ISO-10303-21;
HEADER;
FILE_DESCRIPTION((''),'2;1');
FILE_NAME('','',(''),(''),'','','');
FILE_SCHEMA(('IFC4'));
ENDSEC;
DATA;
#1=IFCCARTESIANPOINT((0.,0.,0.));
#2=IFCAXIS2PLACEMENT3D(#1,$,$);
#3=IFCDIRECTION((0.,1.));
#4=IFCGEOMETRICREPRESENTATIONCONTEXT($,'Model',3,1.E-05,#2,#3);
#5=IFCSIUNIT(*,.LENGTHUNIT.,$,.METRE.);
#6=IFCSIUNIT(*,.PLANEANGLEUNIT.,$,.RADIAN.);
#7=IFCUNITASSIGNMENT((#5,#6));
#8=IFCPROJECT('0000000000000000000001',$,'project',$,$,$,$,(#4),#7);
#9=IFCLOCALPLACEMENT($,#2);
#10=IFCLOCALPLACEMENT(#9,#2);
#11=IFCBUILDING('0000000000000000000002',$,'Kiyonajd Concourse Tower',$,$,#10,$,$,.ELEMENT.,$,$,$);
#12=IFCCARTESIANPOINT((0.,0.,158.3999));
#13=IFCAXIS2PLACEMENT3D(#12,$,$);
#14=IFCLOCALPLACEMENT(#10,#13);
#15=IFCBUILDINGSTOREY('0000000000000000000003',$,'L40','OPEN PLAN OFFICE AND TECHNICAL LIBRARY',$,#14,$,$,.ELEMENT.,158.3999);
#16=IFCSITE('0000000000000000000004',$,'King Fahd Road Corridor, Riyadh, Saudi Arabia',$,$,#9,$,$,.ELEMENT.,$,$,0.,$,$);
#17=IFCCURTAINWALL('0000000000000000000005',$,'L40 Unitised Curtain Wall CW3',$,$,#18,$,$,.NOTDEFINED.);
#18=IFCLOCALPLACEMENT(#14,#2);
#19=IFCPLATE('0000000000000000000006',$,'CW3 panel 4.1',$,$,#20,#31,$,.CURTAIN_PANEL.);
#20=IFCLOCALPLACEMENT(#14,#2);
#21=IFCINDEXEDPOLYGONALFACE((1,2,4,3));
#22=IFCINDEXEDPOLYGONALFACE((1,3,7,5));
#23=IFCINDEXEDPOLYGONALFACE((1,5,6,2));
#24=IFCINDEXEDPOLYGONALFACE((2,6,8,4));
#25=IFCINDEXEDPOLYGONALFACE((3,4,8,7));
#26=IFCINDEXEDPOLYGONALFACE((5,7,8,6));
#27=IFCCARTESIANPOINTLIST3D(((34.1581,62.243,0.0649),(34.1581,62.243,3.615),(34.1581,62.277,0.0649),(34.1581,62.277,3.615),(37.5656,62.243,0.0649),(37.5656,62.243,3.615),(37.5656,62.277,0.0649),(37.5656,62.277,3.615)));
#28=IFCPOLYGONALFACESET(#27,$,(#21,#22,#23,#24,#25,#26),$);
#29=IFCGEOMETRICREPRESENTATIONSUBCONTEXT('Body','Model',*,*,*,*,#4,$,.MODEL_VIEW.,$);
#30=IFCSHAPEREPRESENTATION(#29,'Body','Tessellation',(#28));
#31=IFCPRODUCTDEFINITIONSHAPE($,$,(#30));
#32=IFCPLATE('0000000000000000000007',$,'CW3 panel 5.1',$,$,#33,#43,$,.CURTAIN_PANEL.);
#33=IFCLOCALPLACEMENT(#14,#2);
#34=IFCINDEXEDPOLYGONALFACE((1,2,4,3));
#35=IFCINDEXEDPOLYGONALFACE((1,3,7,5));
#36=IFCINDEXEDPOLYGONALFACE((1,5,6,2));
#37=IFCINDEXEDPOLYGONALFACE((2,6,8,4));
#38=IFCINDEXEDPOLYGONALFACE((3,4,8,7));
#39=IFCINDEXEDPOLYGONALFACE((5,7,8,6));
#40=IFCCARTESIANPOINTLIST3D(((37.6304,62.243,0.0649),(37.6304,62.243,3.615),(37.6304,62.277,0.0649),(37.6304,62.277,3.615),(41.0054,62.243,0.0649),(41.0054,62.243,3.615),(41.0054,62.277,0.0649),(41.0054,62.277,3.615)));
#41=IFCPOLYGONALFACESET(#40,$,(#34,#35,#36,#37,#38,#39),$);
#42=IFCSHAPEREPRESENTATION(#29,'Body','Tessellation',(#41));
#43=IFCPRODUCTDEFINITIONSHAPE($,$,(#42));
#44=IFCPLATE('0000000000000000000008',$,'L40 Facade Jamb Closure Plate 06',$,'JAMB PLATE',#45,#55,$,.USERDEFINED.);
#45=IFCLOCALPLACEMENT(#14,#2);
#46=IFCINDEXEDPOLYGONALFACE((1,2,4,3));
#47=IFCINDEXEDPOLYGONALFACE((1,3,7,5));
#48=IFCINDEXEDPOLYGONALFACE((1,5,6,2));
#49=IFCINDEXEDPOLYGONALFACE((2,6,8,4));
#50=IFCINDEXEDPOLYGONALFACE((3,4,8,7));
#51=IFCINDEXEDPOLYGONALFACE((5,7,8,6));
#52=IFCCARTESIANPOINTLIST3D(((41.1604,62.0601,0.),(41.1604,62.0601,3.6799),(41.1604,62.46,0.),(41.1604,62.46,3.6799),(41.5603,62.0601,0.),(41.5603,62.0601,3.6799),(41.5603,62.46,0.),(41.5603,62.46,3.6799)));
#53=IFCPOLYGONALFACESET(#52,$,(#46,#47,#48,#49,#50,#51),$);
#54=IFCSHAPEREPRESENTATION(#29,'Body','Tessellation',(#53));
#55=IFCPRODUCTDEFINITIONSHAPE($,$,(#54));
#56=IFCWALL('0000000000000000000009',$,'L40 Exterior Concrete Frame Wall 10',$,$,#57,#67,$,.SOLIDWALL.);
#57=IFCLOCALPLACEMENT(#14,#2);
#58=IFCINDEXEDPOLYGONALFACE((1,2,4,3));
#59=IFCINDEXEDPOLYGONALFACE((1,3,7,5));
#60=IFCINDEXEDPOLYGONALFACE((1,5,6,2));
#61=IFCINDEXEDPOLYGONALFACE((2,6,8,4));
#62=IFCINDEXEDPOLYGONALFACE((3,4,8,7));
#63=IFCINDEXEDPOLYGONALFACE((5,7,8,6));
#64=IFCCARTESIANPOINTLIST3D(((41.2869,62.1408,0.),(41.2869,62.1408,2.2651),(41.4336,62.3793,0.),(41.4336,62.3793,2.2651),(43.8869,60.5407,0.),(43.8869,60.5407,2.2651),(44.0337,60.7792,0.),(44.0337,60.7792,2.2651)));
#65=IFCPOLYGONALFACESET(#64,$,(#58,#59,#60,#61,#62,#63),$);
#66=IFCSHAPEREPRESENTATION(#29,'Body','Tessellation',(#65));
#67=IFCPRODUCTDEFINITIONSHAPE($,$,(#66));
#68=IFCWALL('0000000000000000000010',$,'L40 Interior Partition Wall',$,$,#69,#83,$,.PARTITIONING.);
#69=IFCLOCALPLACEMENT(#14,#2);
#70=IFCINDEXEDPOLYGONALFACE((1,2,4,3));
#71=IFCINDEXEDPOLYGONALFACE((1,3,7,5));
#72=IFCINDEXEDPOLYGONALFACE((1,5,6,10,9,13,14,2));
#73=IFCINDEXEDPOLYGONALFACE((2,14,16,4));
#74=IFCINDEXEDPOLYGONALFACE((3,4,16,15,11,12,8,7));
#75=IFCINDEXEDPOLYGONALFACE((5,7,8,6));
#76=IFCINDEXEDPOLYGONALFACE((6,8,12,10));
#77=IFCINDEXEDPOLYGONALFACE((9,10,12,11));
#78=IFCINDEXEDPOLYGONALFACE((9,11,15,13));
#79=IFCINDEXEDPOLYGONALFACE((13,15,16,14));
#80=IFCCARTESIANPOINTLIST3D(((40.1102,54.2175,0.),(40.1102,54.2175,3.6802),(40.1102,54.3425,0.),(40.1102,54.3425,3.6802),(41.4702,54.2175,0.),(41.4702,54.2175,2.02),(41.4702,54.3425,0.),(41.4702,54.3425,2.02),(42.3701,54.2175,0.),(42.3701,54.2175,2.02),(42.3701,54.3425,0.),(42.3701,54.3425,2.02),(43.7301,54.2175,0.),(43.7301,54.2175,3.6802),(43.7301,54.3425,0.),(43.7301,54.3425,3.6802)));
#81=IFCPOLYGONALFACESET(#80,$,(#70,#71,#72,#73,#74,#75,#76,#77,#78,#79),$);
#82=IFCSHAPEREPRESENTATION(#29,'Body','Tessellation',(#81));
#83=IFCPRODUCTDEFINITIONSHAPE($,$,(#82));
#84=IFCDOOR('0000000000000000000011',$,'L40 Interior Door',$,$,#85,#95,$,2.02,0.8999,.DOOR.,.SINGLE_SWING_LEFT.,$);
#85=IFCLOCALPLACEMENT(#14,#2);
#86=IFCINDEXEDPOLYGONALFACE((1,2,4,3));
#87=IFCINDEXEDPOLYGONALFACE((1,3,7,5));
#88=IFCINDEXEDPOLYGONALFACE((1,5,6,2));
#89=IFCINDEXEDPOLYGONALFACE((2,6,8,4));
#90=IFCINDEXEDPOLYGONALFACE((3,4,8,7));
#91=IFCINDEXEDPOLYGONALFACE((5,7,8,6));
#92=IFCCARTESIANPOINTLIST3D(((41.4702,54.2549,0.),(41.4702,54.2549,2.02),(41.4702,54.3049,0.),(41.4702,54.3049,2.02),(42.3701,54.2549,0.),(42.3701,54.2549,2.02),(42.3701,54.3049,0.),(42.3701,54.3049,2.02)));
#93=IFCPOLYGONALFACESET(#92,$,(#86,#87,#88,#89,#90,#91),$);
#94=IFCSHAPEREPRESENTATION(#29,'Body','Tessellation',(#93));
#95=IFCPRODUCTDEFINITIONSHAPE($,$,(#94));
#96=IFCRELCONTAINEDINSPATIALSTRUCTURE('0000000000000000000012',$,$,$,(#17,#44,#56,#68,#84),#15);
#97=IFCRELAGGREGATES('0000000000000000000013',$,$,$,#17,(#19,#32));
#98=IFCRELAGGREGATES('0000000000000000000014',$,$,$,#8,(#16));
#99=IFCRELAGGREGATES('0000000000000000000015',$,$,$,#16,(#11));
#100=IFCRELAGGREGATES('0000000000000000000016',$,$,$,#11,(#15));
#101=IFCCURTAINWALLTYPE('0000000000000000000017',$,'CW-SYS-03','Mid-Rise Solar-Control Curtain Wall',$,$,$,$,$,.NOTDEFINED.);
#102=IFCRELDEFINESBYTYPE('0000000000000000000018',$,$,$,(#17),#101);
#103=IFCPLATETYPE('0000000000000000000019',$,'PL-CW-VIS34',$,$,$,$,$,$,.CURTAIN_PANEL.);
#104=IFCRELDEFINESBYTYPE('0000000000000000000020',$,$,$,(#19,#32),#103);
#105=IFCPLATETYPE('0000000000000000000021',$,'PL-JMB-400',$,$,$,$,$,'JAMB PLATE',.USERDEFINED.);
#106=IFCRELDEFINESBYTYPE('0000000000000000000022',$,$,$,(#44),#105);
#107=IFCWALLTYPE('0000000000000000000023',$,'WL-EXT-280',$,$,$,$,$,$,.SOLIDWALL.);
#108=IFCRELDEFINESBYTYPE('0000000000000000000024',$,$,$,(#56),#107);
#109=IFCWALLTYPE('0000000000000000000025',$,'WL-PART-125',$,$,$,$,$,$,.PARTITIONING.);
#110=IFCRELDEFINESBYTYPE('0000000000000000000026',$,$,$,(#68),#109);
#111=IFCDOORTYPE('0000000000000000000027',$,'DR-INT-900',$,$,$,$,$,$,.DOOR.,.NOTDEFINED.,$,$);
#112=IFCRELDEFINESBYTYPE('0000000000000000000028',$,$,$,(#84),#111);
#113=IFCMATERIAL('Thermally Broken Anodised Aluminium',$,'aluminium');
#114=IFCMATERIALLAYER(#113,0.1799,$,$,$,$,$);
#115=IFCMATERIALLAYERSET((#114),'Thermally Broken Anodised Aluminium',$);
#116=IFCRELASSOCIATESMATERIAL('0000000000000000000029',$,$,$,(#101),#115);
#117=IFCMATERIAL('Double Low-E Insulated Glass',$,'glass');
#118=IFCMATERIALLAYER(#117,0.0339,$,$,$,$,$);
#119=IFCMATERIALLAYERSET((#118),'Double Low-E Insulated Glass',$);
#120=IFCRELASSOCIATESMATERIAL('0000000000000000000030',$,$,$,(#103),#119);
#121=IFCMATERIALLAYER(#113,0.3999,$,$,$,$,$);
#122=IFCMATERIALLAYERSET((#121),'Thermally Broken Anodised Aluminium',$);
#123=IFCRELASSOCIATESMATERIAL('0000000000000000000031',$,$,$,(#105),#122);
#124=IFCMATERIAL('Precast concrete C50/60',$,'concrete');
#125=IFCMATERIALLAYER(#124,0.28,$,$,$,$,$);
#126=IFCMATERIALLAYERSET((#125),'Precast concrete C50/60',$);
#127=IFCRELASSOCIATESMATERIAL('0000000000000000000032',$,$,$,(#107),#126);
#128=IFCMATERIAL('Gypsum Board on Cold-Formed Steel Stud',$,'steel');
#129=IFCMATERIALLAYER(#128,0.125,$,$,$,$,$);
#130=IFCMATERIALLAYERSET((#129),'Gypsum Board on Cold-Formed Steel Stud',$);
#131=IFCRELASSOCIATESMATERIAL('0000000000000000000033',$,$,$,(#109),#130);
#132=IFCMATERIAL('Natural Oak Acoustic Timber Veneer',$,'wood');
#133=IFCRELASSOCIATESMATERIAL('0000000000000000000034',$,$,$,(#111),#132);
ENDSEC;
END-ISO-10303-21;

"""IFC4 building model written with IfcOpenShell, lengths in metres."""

from ifc_helpers import new_model, si_unit, direction, frame, frame_2d, origin, origin_2d, place, context, subcontext, project, spatial, rectangle, extrude, material, layer, layer_set, type_object, element, fill, aggregate, save


model = new_model("IFC4")

# Units and contexts
model_context = context("Model", 3, precision=1e-05, world=origin(), true_north=direction((0.0, 1.0)))
body_context = subcontext(model_context, "Body", "Model", "MODEL_VIEW")
ifc_project = project(units=[si_unit("LENGTHUNIT", "METRE"), si_unit("PLANEANGLEUNIT", "RADIAN")], contexts=[model_context])

# Site, building, storey
site_placement = place(None, origin())
site = spatial("IfcSite", under=ifc_project, at=site_placement, Name="King Fahd Road Corridor, Riyadh, Saudi Arabia", CompositionType="ELEMENT", RefElevation=0.0)
building_placement = place(site_placement, origin())
building = spatial("IfcBuilding", under=site, at=building_placement, Name="Kiyonajd Concourse Tower", CompositionType="ELEMENT")
storey_placement = place(building_placement, frame((0.0, 0.0, 158.3999)))
storey = spatial("IfcBuildingStorey", under=building, at=storey_placement, Name="L40", Description="OPEN PLAN OFFICE AND TECHNICAL LIBRARY", CompositionType="ELEMENT", Elevation=158.3999)

# Curtain wall
ifc_material_1 = material(Name="Thermally Broken Anodised Aluminium", Category="aluminium")
ifc_layer_1 = layer(ifc_material_1, 0.1799)
ifc_layer_set_1 = layer_set([ifc_layer_1], Name="Thermally Broken Anodised Aluminium")
curtain_wall_type = type_object("IfcCurtainWallType", Name="CW-SYS-03", Description="Mid-Rise Solar-Control Curtain Wall", PredefinedType="NOTDEFINED", material=ifc_layer_set_1)
curtain_wall_placement = place(storey_placement, origin())
curtain_wall = element("IfcCurtainWall", 1, at=curtain_wall_placement, inside=storey, type_object=curtain_wall_type, Name="L40 Unitised Curtain Wall CW3", PredefinedType="NOTDEFINED")

# Plates
ifc_material_2 = material(Name="Double Low-E Insulated Glass", Category="glass")
ifc_layer_2 = layer(ifc_material_2, 0.0339)
ifc_layer_set_2 = layer_set([ifc_layer_2], Name="Double Low-E Insulated Glass")
plate_type_1 = type_object("IfcPlateType", Name="PL-CW-VIS34", PredefinedType="CURTAIN_PANEL", material=ifc_layer_set_2)
plate_1_placement = place(storey_placement, frame((35.8618, 62.26, 0.0649), z_axis=(0.0, 0.0, 1.0), x_axis=(1.0, 0.0, 0.0)))
plate_1 = element("IfcPlate", 2, at=plate_1_placement, type_object=plate_type_1, Name="CW3 panel 4.1", PredefinedType="CURTAIN_PANEL", context=body_context, shape_type="SweptSolid", body=[
    extrude(rectangle(XDim=3.4075, YDim=0.0339, at=origin_2d()), origin(), (0.0, 0.0, 1.0), 3.55),
])
plate_2_placement = place(storey_placement, frame((39.3179, 62.26, 0.0649), z_axis=(0.0, 0.0, 1.0), x_axis=(1.0, 0.0, 0.0)))
plate_2 = element("IfcPlate", 3, at=plate_2_placement, type_object=plate_type_1, Name="CW3 panel 5.1", PredefinedType="CURTAIN_PANEL", context=body_context, shape_type="SweptSolid", body=[
    extrude(rectangle(XDim=3.375, YDim=0.0339, at=origin_2d()), origin(), (0.0, 0.0, 1.0), 3.55),
])
aggregate(curtain_wall, [plate_1, plate_2])
ifc_layer_3 = layer(ifc_material_1, 0.3999)
ifc_layer_set_3 = layer_set([ifc_layer_3], Name="Thermally Broken Anodised Aluminium")
plate_type_2 = type_object("IfcPlateType", Name="PL-JMB-400", ElementType="JAMB PLATE", PredefinedType="USERDEFINED", material=ifc_layer_set_3)
plate_3_placement = place(storey_placement, frame((41.3604, 62.26, 0.0), z_axis=(0.0, 0.0, 1.0), x_axis=(1.0, 0.0, 0.0)))
element("IfcPlate", 4, at=plate_3_placement, inside=storey, type_object=plate_type_2, Name="L40 Facade Jamb Closure Plate 06", ObjectType="JAMB PLATE", PredefinedType="USERDEFINED", context=body_context, shape_type="SweptSolid", body=[
    extrude(rectangle(XDim=0.3999, YDim=0.3999, at=origin_2d()), origin(), (0.0, 0.0, 1.0), 3.6799),
])

# Wall
ifc_material_3 = material(Name="Precast concrete C50/60", Category="concrete")
ifc_layer_4 = layer(ifc_material_3, 0.28)
ifc_layer_set_4 = layer_set([ifc_layer_4], Name="Precast concrete C50/60")
wall_type_1 = type_object("IfcWallType", Name="WL-EXT-280", PredefinedType="SOLIDWALL", material=ifc_layer_set_4)
wall_1_placement = place(storey_placement, frame((41.3604, 62.26, 0.0), z_axis=(0.0, 0.0, 1.0), x_axis=(0.851653, -0.524106, 0.0)))
element("IfcWall", 5, at=wall_1_placement, inside=storey, type_object=wall_type_1, Name="L40 Exterior Concrete Frame Wall 10", PredefinedType="SOLIDWALL", context=body_context, shape_type="SweptSolid", body=[
    extrude(rectangle(XDim=3.053, YDim=0.28, at=frame_2d((1.5264, 0.0))), origin(), (0.0, 0.0, 1.0), 2.2651),
])

# Wall, opening, door
ifc_material_4 = material(Name="Gypsum Board on Cold-Formed Steel Stud", Category="steel")
ifc_layer_5 = layer(ifc_material_4, 0.125)
ifc_layer_set_5 = layer_set([ifc_layer_5], Name="Gypsum Board on Cold-Formed Steel Stud")
wall_type_2 = type_object("IfcWallType", Name="WL-PART-125", PredefinedType="PARTITIONING", material=ifc_layer_set_5)
wall_2_placement = place(storey_placement, frame((40.1101, 54.28, 0.0), z_axis=(0.0, 0.0, 1.0), x_axis=(1.0, 0.0, 0.0)))
wall_2 = element("IfcWall", 6, at=wall_2_placement, inside=storey, type_object=wall_type_2, Name="L40 Interior Partition Wall", PredefinedType="PARTITIONING", context=body_context, shape_type="SweptSolid", body=[
    extrude(rectangle(XDim=3.6199, YDim=0.125, at=frame_2d((1.8101, 0.0))), origin(), (0.0, 0.0, 1.0), 3.6802),
])
opening_placement = place(wall_2_placement, frame((1.3601, 0.0, 0.0)))
opening = element("IfcOpeningElement", 7, at=opening_placement, cuts=wall_2, PredefinedType="OPENING", context=body_context, shape_type="SweptSolid", body=[
    extrude(rectangle(XDim=0.8999, YDim=2.02, at=frame_2d((0.45, 1.01))), frame((0.0, 0.0725, 0.0), z_axis=(0.0, -1.0, 0.0), x_axis=(1.0, 0.0, 0.0)), (0.0, 0.0, 1.0), 0.145),
])
ifc_material_5 = material(Name="Natural Oak Acoustic Timber Veneer", Category="wood")
door_type = type_object("IfcDoorType", Name="DR-INT-900", OperationType="NOTDEFINED", PredefinedType="DOOR", material=ifc_material_5)
door_placement = place(opening_placement, origin())
door = element("IfcDoor", 8, at=door_placement, inside=storey, type_object=door_type, Name="L40 Interior Door", OperationType="SINGLE_SWING_LEFT", OverallHeight=2.02, OverallWidth=0.8999, PredefinedType="DOOR", context=body_context, shape_type="SweptSolid", body=[
    extrude(rectangle(XDim=0.8999, YDim=2.02, at=frame_2d((0.45, 1.01))), frame((0.0, 0.0249, 0.0), z_axis=(0.0, -1.0, 0.0), x_axis=(1.0, 0.0, 0.0)), (0.0, 0.0, 1.0), 0.05),
])
fill(opening, door)

save(model, "model.ifc")
